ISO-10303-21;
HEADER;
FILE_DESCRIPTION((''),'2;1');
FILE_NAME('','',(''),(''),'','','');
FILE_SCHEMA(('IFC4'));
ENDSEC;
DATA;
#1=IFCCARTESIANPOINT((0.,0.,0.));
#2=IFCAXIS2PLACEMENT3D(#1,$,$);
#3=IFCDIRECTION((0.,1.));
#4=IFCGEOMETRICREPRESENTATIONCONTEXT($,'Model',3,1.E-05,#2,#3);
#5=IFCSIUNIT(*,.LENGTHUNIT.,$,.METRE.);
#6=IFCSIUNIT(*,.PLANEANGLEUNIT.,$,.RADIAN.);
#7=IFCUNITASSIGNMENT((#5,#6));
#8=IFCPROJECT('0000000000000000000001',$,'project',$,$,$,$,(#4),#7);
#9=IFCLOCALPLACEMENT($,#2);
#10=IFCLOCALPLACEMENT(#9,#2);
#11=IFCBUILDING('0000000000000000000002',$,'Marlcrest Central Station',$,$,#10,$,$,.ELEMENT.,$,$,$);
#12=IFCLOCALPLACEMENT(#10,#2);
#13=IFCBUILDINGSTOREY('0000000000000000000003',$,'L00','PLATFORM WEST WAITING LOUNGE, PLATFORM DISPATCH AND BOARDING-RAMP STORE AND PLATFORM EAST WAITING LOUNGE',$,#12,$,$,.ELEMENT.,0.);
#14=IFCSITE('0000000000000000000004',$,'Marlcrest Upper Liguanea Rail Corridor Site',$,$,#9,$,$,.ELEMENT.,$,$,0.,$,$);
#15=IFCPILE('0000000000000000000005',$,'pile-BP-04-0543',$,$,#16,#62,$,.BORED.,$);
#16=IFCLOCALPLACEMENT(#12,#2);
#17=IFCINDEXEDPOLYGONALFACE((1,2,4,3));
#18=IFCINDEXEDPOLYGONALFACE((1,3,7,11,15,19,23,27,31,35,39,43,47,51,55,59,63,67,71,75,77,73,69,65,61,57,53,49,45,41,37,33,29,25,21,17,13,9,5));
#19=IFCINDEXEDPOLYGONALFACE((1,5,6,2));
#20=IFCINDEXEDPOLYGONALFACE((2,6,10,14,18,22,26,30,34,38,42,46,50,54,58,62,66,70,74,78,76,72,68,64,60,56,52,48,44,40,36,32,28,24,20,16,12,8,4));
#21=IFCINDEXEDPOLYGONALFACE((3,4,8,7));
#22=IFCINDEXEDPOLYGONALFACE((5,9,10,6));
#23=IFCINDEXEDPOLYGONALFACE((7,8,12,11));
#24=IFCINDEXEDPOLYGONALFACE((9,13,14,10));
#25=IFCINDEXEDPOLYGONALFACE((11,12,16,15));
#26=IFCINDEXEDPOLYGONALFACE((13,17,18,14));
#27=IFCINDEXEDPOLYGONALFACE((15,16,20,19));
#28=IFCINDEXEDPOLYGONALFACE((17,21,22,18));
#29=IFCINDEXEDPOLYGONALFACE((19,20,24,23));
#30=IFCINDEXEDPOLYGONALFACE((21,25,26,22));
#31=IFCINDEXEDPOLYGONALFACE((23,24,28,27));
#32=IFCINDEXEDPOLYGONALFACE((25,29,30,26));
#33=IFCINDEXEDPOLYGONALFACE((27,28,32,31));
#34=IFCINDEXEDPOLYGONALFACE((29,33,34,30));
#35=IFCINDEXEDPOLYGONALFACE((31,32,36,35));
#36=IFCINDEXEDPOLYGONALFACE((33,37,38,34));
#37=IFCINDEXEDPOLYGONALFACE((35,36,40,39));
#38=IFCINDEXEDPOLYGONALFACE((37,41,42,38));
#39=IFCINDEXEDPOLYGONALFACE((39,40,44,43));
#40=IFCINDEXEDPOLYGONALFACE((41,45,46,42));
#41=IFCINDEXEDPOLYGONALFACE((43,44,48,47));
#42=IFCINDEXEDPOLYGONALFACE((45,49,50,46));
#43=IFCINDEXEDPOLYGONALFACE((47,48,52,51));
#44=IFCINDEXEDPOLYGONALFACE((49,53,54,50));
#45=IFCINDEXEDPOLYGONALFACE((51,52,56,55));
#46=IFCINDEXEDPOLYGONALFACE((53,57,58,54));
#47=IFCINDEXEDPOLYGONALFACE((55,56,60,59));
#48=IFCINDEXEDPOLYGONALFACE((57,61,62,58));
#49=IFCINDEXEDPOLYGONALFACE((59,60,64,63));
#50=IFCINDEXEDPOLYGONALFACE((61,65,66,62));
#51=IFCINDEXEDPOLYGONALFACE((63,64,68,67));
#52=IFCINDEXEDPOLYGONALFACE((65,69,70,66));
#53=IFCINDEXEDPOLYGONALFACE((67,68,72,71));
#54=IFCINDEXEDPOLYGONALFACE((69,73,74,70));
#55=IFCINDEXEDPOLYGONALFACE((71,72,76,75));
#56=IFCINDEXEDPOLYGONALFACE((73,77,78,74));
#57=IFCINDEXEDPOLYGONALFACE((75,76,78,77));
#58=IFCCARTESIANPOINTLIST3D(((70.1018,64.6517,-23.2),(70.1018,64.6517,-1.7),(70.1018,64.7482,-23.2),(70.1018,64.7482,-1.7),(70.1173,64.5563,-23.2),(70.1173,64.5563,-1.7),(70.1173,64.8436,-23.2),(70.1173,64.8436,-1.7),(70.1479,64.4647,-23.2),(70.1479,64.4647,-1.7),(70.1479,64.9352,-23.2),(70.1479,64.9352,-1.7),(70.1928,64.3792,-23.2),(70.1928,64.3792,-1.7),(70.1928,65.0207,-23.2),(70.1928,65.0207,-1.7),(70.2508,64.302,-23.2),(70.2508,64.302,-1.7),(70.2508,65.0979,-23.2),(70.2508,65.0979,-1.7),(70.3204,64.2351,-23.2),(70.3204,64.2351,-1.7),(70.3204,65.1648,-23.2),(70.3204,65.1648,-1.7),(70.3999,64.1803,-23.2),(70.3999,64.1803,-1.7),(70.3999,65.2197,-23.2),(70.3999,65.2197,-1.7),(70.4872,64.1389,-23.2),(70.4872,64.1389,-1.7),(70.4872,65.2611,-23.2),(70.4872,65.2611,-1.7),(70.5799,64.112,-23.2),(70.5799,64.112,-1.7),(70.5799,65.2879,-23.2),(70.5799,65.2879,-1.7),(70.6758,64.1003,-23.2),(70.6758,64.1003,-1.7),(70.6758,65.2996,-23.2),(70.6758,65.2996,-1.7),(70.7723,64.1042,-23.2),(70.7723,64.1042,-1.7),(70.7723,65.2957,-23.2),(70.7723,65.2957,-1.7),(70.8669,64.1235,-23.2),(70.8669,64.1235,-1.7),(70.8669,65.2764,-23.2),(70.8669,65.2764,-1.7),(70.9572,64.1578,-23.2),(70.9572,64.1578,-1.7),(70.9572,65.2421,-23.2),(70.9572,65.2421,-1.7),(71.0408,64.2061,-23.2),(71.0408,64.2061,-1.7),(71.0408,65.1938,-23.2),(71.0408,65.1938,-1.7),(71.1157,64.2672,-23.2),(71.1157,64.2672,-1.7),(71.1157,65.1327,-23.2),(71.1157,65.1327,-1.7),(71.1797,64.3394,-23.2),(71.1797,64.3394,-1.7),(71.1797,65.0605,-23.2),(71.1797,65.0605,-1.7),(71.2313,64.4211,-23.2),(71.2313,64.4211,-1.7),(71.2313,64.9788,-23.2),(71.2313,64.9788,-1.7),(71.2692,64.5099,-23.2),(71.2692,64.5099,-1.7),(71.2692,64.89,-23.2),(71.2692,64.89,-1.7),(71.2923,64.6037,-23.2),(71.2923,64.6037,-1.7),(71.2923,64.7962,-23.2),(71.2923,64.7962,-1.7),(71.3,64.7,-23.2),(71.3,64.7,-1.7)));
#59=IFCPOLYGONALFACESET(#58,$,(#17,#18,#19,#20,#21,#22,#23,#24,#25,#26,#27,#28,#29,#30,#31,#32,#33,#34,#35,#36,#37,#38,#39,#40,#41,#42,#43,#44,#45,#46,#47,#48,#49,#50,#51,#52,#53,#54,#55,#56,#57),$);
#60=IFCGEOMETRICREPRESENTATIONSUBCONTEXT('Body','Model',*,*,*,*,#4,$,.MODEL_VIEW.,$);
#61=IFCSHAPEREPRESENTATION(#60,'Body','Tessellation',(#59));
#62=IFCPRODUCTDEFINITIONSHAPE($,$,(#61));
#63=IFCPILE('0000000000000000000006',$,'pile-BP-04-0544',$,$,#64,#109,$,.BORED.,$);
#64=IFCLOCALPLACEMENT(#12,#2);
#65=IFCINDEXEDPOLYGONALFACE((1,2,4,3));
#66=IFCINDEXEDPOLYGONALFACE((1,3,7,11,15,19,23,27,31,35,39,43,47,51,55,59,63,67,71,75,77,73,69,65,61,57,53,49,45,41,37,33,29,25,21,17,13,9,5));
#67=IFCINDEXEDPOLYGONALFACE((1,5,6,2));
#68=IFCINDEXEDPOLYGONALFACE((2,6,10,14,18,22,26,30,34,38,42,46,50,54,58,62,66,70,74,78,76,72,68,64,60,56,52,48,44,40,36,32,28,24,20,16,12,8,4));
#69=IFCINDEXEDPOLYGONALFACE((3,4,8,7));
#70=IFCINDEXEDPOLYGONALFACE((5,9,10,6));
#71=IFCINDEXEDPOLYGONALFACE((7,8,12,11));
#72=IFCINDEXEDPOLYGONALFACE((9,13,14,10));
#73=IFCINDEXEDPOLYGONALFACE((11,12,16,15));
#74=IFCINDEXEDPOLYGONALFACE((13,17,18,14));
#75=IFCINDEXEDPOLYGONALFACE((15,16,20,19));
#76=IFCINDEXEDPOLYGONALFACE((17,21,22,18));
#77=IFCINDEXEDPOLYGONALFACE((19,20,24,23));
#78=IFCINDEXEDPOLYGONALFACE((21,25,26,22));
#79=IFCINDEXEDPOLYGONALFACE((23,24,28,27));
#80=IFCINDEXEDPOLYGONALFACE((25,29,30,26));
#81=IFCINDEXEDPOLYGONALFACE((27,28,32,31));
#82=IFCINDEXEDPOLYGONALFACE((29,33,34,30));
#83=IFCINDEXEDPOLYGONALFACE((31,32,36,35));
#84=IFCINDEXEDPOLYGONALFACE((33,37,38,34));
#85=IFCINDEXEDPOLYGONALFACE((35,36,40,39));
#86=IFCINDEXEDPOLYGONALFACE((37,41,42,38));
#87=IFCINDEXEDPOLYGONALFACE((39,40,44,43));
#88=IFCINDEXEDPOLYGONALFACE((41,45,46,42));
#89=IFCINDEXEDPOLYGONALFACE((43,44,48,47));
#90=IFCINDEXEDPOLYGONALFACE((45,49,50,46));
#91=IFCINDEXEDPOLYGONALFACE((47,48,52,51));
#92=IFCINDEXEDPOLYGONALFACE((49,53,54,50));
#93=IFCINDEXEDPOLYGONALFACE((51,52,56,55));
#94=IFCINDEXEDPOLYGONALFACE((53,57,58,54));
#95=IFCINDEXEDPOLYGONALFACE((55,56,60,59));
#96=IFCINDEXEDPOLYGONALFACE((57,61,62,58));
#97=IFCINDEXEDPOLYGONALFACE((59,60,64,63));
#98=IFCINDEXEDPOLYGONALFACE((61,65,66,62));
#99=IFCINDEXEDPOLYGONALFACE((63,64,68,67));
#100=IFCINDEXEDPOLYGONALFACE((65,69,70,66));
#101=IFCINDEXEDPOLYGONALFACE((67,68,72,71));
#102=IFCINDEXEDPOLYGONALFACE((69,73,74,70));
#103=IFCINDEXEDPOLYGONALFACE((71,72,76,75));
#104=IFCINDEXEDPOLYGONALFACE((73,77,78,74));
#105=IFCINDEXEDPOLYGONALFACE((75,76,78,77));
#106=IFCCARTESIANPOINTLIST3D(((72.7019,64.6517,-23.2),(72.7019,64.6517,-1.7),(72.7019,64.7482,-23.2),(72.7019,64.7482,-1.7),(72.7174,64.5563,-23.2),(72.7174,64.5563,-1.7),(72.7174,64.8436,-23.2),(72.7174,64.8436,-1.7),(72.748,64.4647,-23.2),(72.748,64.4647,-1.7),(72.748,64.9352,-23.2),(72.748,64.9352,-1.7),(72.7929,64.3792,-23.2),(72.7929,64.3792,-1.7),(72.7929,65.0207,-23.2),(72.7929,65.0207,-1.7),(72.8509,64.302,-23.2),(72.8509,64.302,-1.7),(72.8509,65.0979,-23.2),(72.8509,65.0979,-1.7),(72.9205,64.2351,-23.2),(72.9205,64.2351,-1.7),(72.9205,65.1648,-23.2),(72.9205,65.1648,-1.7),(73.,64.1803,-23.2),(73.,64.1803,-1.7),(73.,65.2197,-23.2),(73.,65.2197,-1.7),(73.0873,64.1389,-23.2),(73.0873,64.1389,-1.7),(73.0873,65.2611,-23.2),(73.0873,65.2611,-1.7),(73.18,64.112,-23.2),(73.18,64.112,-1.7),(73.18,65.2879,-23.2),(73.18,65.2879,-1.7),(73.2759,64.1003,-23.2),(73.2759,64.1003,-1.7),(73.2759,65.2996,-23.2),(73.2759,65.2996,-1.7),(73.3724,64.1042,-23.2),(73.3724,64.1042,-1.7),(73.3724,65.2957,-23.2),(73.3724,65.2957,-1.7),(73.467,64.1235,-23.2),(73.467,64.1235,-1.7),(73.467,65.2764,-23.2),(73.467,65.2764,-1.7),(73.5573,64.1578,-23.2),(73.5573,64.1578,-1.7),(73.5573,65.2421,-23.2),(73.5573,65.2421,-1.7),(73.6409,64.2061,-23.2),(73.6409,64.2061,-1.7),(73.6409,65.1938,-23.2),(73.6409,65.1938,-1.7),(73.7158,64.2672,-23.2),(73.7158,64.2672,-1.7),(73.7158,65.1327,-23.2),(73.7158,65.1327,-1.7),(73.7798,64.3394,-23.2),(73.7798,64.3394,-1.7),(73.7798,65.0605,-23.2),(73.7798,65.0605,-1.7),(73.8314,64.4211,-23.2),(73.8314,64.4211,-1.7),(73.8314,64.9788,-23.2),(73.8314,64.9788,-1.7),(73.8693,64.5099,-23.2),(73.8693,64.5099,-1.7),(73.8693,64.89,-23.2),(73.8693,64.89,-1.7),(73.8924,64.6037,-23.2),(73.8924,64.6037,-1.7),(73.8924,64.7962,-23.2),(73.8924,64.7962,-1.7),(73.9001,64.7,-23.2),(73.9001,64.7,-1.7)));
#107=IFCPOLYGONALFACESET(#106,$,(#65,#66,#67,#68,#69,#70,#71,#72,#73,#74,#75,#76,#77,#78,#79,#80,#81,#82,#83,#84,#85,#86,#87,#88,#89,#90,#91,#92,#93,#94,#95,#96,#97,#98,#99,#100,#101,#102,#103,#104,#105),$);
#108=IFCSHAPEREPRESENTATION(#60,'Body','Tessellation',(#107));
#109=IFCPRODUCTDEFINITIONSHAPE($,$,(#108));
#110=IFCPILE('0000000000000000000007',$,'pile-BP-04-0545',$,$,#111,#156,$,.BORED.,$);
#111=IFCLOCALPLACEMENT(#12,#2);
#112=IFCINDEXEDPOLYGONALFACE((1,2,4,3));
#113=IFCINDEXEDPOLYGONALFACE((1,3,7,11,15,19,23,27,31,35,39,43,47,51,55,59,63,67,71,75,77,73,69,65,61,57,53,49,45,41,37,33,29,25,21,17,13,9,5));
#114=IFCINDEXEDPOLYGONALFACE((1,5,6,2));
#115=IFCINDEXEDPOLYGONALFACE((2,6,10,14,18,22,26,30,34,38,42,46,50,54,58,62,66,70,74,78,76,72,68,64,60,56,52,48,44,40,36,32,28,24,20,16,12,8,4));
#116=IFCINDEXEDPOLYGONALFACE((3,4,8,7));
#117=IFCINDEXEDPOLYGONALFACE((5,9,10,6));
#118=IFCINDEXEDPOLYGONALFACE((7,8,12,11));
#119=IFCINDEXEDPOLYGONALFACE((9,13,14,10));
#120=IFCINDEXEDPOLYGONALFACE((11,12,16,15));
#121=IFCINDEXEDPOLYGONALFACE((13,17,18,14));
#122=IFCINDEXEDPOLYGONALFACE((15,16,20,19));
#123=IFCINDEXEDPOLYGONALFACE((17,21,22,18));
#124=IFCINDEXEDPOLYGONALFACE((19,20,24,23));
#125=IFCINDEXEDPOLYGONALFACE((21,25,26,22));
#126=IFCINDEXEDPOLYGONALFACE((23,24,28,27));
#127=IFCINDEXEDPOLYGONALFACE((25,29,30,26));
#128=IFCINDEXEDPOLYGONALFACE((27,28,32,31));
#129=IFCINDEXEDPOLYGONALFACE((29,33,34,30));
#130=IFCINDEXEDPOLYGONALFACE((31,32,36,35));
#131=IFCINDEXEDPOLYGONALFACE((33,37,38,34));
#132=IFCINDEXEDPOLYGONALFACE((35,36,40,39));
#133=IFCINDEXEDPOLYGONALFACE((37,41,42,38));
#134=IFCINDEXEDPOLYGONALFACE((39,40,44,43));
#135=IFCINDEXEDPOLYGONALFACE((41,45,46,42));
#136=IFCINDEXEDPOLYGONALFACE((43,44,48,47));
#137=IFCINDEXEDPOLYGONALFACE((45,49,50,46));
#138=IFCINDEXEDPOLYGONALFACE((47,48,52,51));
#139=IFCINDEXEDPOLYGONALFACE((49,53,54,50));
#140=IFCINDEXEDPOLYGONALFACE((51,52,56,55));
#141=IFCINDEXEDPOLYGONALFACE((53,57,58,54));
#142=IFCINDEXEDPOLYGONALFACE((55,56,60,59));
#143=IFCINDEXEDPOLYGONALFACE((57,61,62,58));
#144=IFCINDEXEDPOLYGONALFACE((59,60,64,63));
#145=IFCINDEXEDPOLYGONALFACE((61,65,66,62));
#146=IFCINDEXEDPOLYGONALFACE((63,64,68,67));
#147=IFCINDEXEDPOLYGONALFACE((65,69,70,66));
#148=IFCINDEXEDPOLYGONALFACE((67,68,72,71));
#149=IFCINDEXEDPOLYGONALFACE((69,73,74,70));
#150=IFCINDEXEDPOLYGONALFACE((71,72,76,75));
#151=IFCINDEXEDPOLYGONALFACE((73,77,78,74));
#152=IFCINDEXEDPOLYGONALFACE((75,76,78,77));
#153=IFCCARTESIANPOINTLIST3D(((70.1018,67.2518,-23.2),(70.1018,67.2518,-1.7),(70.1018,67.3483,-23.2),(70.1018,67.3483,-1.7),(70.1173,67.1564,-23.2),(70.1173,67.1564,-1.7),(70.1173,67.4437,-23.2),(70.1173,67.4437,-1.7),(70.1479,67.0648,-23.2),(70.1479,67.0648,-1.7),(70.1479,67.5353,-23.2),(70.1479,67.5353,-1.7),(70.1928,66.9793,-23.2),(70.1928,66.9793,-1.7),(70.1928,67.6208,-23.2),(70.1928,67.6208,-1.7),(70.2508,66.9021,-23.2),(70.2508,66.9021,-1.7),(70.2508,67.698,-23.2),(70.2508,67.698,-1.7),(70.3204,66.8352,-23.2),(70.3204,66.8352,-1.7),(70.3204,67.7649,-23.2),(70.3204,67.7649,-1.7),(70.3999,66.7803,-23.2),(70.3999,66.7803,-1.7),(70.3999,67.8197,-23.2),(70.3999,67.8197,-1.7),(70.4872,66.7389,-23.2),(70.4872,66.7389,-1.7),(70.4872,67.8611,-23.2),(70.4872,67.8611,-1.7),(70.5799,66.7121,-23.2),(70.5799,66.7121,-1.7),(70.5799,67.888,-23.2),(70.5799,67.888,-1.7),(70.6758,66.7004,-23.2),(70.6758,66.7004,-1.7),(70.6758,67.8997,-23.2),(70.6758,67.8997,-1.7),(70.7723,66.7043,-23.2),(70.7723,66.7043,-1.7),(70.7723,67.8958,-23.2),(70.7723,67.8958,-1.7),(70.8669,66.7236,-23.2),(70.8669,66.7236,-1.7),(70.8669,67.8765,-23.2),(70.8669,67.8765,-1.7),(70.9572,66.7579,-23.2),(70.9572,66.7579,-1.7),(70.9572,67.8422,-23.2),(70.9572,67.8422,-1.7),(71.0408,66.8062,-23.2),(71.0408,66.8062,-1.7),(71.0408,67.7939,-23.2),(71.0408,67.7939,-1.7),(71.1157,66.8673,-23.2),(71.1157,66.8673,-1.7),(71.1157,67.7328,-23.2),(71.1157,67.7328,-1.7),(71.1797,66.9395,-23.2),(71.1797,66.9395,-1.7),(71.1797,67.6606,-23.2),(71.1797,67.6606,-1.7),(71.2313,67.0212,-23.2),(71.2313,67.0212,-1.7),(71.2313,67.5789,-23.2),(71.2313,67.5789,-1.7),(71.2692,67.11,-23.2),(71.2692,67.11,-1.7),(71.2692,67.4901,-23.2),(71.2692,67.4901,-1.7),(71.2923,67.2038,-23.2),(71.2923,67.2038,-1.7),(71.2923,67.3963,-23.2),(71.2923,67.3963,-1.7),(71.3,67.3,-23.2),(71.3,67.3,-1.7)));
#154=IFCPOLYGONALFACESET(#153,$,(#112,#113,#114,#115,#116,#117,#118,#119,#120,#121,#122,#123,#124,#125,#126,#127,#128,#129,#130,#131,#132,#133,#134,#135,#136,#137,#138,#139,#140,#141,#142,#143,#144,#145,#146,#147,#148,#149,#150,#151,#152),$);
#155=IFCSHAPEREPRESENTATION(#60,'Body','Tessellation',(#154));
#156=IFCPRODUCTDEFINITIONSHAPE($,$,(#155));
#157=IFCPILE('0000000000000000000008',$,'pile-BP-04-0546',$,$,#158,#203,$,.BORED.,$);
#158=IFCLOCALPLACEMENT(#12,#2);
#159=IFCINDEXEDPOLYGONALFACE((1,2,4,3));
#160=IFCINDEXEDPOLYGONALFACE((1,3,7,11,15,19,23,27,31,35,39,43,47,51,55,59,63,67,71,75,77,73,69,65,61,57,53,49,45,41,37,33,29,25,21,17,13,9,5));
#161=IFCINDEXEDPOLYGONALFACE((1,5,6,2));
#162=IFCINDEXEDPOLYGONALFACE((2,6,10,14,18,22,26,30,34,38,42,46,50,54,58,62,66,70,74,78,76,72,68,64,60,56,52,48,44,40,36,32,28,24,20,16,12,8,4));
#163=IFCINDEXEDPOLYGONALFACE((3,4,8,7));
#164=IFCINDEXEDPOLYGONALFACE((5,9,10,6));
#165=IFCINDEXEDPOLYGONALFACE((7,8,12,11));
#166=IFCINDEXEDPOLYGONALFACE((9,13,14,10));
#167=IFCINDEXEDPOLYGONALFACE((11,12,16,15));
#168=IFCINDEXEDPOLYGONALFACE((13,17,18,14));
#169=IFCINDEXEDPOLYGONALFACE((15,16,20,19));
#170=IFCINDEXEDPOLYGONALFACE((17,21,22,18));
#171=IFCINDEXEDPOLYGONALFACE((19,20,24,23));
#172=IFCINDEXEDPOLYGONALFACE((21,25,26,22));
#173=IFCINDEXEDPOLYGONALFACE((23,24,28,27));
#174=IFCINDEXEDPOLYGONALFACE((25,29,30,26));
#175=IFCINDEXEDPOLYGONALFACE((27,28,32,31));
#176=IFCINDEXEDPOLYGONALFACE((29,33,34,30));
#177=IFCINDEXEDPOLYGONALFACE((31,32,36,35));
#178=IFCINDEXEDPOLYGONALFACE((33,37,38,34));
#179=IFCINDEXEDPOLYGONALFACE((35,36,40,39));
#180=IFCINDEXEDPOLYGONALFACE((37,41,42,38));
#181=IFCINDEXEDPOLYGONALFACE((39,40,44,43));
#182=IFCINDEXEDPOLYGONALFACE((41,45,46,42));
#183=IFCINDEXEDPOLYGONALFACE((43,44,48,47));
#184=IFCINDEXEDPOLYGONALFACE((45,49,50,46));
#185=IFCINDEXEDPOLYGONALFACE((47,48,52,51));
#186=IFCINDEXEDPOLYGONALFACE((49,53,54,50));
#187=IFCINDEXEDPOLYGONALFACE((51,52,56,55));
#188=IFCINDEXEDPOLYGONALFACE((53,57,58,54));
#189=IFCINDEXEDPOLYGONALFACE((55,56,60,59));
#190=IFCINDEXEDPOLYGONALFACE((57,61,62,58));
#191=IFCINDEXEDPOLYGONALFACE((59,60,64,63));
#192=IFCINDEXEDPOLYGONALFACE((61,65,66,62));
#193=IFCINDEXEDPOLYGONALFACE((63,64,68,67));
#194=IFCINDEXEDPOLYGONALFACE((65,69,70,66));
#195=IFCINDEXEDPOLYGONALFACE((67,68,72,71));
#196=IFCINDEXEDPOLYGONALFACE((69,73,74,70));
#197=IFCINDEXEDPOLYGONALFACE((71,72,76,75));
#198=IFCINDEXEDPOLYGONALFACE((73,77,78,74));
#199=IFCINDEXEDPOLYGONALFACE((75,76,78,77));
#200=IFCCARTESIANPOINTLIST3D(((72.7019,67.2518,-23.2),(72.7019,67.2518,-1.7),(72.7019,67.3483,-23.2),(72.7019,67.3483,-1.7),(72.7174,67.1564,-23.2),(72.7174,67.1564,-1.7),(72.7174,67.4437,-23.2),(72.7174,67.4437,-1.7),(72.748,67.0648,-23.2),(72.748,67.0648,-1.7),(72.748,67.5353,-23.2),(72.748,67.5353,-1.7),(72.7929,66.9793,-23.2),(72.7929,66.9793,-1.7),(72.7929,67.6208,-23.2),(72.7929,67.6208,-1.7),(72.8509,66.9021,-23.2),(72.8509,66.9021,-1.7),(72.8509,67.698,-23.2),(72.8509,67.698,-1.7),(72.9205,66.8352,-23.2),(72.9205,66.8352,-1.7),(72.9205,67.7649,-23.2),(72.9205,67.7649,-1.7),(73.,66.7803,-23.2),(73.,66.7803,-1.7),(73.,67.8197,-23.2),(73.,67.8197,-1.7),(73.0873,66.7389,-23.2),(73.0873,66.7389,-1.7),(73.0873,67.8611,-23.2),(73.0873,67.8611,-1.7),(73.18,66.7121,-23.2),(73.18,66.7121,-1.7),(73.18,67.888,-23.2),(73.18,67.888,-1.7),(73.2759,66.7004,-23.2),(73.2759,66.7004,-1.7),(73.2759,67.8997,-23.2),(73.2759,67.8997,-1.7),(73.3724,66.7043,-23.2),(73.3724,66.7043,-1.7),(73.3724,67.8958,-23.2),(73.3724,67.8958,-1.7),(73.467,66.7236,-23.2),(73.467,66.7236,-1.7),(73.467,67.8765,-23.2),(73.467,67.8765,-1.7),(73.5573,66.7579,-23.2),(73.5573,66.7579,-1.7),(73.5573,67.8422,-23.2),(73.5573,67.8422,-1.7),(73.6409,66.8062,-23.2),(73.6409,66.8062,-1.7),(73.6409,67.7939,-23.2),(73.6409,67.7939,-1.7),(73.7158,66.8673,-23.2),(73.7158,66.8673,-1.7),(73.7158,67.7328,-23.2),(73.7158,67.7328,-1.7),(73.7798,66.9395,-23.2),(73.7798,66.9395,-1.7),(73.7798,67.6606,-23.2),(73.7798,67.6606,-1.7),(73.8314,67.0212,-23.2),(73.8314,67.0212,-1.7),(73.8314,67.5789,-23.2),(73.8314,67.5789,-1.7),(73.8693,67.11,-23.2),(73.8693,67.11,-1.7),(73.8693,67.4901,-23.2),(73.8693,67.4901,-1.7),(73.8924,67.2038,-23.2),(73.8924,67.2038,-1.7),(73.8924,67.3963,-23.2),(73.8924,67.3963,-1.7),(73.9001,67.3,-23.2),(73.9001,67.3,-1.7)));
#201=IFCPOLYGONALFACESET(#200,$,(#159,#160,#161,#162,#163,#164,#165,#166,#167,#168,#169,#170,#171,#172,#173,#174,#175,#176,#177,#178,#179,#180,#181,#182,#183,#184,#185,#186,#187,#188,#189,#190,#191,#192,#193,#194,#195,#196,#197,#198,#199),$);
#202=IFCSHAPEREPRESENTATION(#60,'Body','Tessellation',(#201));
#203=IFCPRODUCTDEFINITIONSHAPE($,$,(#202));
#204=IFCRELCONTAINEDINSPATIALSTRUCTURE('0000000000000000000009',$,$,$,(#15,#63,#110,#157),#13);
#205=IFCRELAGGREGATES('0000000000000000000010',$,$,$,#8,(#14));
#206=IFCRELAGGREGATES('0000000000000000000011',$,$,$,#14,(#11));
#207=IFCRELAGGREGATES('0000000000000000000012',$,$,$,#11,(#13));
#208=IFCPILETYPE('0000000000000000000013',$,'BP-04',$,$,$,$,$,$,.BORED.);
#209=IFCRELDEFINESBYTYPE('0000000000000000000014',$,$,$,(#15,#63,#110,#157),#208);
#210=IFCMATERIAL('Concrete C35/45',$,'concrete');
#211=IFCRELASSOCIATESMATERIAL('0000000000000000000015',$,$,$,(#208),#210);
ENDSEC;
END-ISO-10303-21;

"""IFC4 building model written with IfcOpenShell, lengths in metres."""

from ifc_helpers import new_model, si_unit, direction, frame, origin, origin_2d, place, context, subcontext, project, spatial, circle, extrude, material, material_profile, profile_set, type_object, element, save


model = new_model("IFC4")

# Units and contexts
model_context = context("Model", 3, precision=1e-05, world=origin(), true_north=direction((0.0, 1.0)))
body_context = subcontext(model_context, "Body", "Model", "MODEL_VIEW")
ifc_project = project(units=[si_unit("LENGTHUNIT", "METRE"), si_unit("PLANEANGLEUNIT", "RADIAN")], contexts=[model_context])

# Site, building, storey
site_placement = place(None, origin())
site = spatial("IfcSite", under=ifc_project, at=site_placement, Name="Marlcrest Upper Liguanea Rail Corridor Site", CompositionType="ELEMENT", RefElevation=0.0)
building_placement = place(site_placement, origin())
building = spatial("IfcBuilding", under=site, at=building_placement, Name="Marlcrest Central Station", CompositionType="ELEMENT")
storey_placement = place(building_placement, origin())
storey = spatial("IfcBuildingStorey", under=building, at=storey_placement, Name="L00", Description="PLATFORM WEST WAITING LOUNGE, PLATFORM DISPATCH AND BOARDING-RAMP STORE AND PLATFORM EAST WAITING LOUNGE", CompositionType="ELEMENT", Elevation=0.0)

# Piles
ifc_material_1 = material(Name="Concrete C35/45", Category="concrete")
ifc_material_profile_1 = material_profile(ifc_material_1, circle(Radius=0.6001, at=origin_2d()), Name="PILE D1200")
ifc_profile_set_1 = profile_set([ifc_material_profile_1], Name="Concrete C35/45")
pile_type = type_object("IfcPileType", Name="BP-04", PredefinedType="BORED", material=ifc_profile_set_1)
for number, where, z_axis, x_axis, name in (
    (1, (70.7, 64.7, -1.7), (0.0, 0.0, -1.0), (1.0, 0.0, 0.0), "pile-BP-04-0543"),
    (2, (73.3, 64.7, -1.7), (0.0, 0.0, -1.0), (1.0, 0.0, 0.0), "pile-BP-04-0544"),
    (3, (70.7, 67.3, -1.7), (0.0, 0.0, -1.0), (1.0, 0.0, 0.0), "pile-BP-04-0545"),
    (4, (73.3, 67.3, -1.7), (0.0, 0.0, -1.0), (1.0, 0.0, 0.0), "pile-BP-04-0546"),
):
    element("IfcPile", number, at=place(storey_placement, frame(where, z_axis=z_axis, x_axis=x_axis)), inside=storey, type_object=pile_type, Name=name, PredefinedType="BORED", context=body_context, shape_type="SweptSolid", body=[
        extrude(circle(Radius=0.6001, at=origin_2d()), origin(), (0.0, 0.0, 1.0), 21.5),
    ])

save(model, "model.ifc")
